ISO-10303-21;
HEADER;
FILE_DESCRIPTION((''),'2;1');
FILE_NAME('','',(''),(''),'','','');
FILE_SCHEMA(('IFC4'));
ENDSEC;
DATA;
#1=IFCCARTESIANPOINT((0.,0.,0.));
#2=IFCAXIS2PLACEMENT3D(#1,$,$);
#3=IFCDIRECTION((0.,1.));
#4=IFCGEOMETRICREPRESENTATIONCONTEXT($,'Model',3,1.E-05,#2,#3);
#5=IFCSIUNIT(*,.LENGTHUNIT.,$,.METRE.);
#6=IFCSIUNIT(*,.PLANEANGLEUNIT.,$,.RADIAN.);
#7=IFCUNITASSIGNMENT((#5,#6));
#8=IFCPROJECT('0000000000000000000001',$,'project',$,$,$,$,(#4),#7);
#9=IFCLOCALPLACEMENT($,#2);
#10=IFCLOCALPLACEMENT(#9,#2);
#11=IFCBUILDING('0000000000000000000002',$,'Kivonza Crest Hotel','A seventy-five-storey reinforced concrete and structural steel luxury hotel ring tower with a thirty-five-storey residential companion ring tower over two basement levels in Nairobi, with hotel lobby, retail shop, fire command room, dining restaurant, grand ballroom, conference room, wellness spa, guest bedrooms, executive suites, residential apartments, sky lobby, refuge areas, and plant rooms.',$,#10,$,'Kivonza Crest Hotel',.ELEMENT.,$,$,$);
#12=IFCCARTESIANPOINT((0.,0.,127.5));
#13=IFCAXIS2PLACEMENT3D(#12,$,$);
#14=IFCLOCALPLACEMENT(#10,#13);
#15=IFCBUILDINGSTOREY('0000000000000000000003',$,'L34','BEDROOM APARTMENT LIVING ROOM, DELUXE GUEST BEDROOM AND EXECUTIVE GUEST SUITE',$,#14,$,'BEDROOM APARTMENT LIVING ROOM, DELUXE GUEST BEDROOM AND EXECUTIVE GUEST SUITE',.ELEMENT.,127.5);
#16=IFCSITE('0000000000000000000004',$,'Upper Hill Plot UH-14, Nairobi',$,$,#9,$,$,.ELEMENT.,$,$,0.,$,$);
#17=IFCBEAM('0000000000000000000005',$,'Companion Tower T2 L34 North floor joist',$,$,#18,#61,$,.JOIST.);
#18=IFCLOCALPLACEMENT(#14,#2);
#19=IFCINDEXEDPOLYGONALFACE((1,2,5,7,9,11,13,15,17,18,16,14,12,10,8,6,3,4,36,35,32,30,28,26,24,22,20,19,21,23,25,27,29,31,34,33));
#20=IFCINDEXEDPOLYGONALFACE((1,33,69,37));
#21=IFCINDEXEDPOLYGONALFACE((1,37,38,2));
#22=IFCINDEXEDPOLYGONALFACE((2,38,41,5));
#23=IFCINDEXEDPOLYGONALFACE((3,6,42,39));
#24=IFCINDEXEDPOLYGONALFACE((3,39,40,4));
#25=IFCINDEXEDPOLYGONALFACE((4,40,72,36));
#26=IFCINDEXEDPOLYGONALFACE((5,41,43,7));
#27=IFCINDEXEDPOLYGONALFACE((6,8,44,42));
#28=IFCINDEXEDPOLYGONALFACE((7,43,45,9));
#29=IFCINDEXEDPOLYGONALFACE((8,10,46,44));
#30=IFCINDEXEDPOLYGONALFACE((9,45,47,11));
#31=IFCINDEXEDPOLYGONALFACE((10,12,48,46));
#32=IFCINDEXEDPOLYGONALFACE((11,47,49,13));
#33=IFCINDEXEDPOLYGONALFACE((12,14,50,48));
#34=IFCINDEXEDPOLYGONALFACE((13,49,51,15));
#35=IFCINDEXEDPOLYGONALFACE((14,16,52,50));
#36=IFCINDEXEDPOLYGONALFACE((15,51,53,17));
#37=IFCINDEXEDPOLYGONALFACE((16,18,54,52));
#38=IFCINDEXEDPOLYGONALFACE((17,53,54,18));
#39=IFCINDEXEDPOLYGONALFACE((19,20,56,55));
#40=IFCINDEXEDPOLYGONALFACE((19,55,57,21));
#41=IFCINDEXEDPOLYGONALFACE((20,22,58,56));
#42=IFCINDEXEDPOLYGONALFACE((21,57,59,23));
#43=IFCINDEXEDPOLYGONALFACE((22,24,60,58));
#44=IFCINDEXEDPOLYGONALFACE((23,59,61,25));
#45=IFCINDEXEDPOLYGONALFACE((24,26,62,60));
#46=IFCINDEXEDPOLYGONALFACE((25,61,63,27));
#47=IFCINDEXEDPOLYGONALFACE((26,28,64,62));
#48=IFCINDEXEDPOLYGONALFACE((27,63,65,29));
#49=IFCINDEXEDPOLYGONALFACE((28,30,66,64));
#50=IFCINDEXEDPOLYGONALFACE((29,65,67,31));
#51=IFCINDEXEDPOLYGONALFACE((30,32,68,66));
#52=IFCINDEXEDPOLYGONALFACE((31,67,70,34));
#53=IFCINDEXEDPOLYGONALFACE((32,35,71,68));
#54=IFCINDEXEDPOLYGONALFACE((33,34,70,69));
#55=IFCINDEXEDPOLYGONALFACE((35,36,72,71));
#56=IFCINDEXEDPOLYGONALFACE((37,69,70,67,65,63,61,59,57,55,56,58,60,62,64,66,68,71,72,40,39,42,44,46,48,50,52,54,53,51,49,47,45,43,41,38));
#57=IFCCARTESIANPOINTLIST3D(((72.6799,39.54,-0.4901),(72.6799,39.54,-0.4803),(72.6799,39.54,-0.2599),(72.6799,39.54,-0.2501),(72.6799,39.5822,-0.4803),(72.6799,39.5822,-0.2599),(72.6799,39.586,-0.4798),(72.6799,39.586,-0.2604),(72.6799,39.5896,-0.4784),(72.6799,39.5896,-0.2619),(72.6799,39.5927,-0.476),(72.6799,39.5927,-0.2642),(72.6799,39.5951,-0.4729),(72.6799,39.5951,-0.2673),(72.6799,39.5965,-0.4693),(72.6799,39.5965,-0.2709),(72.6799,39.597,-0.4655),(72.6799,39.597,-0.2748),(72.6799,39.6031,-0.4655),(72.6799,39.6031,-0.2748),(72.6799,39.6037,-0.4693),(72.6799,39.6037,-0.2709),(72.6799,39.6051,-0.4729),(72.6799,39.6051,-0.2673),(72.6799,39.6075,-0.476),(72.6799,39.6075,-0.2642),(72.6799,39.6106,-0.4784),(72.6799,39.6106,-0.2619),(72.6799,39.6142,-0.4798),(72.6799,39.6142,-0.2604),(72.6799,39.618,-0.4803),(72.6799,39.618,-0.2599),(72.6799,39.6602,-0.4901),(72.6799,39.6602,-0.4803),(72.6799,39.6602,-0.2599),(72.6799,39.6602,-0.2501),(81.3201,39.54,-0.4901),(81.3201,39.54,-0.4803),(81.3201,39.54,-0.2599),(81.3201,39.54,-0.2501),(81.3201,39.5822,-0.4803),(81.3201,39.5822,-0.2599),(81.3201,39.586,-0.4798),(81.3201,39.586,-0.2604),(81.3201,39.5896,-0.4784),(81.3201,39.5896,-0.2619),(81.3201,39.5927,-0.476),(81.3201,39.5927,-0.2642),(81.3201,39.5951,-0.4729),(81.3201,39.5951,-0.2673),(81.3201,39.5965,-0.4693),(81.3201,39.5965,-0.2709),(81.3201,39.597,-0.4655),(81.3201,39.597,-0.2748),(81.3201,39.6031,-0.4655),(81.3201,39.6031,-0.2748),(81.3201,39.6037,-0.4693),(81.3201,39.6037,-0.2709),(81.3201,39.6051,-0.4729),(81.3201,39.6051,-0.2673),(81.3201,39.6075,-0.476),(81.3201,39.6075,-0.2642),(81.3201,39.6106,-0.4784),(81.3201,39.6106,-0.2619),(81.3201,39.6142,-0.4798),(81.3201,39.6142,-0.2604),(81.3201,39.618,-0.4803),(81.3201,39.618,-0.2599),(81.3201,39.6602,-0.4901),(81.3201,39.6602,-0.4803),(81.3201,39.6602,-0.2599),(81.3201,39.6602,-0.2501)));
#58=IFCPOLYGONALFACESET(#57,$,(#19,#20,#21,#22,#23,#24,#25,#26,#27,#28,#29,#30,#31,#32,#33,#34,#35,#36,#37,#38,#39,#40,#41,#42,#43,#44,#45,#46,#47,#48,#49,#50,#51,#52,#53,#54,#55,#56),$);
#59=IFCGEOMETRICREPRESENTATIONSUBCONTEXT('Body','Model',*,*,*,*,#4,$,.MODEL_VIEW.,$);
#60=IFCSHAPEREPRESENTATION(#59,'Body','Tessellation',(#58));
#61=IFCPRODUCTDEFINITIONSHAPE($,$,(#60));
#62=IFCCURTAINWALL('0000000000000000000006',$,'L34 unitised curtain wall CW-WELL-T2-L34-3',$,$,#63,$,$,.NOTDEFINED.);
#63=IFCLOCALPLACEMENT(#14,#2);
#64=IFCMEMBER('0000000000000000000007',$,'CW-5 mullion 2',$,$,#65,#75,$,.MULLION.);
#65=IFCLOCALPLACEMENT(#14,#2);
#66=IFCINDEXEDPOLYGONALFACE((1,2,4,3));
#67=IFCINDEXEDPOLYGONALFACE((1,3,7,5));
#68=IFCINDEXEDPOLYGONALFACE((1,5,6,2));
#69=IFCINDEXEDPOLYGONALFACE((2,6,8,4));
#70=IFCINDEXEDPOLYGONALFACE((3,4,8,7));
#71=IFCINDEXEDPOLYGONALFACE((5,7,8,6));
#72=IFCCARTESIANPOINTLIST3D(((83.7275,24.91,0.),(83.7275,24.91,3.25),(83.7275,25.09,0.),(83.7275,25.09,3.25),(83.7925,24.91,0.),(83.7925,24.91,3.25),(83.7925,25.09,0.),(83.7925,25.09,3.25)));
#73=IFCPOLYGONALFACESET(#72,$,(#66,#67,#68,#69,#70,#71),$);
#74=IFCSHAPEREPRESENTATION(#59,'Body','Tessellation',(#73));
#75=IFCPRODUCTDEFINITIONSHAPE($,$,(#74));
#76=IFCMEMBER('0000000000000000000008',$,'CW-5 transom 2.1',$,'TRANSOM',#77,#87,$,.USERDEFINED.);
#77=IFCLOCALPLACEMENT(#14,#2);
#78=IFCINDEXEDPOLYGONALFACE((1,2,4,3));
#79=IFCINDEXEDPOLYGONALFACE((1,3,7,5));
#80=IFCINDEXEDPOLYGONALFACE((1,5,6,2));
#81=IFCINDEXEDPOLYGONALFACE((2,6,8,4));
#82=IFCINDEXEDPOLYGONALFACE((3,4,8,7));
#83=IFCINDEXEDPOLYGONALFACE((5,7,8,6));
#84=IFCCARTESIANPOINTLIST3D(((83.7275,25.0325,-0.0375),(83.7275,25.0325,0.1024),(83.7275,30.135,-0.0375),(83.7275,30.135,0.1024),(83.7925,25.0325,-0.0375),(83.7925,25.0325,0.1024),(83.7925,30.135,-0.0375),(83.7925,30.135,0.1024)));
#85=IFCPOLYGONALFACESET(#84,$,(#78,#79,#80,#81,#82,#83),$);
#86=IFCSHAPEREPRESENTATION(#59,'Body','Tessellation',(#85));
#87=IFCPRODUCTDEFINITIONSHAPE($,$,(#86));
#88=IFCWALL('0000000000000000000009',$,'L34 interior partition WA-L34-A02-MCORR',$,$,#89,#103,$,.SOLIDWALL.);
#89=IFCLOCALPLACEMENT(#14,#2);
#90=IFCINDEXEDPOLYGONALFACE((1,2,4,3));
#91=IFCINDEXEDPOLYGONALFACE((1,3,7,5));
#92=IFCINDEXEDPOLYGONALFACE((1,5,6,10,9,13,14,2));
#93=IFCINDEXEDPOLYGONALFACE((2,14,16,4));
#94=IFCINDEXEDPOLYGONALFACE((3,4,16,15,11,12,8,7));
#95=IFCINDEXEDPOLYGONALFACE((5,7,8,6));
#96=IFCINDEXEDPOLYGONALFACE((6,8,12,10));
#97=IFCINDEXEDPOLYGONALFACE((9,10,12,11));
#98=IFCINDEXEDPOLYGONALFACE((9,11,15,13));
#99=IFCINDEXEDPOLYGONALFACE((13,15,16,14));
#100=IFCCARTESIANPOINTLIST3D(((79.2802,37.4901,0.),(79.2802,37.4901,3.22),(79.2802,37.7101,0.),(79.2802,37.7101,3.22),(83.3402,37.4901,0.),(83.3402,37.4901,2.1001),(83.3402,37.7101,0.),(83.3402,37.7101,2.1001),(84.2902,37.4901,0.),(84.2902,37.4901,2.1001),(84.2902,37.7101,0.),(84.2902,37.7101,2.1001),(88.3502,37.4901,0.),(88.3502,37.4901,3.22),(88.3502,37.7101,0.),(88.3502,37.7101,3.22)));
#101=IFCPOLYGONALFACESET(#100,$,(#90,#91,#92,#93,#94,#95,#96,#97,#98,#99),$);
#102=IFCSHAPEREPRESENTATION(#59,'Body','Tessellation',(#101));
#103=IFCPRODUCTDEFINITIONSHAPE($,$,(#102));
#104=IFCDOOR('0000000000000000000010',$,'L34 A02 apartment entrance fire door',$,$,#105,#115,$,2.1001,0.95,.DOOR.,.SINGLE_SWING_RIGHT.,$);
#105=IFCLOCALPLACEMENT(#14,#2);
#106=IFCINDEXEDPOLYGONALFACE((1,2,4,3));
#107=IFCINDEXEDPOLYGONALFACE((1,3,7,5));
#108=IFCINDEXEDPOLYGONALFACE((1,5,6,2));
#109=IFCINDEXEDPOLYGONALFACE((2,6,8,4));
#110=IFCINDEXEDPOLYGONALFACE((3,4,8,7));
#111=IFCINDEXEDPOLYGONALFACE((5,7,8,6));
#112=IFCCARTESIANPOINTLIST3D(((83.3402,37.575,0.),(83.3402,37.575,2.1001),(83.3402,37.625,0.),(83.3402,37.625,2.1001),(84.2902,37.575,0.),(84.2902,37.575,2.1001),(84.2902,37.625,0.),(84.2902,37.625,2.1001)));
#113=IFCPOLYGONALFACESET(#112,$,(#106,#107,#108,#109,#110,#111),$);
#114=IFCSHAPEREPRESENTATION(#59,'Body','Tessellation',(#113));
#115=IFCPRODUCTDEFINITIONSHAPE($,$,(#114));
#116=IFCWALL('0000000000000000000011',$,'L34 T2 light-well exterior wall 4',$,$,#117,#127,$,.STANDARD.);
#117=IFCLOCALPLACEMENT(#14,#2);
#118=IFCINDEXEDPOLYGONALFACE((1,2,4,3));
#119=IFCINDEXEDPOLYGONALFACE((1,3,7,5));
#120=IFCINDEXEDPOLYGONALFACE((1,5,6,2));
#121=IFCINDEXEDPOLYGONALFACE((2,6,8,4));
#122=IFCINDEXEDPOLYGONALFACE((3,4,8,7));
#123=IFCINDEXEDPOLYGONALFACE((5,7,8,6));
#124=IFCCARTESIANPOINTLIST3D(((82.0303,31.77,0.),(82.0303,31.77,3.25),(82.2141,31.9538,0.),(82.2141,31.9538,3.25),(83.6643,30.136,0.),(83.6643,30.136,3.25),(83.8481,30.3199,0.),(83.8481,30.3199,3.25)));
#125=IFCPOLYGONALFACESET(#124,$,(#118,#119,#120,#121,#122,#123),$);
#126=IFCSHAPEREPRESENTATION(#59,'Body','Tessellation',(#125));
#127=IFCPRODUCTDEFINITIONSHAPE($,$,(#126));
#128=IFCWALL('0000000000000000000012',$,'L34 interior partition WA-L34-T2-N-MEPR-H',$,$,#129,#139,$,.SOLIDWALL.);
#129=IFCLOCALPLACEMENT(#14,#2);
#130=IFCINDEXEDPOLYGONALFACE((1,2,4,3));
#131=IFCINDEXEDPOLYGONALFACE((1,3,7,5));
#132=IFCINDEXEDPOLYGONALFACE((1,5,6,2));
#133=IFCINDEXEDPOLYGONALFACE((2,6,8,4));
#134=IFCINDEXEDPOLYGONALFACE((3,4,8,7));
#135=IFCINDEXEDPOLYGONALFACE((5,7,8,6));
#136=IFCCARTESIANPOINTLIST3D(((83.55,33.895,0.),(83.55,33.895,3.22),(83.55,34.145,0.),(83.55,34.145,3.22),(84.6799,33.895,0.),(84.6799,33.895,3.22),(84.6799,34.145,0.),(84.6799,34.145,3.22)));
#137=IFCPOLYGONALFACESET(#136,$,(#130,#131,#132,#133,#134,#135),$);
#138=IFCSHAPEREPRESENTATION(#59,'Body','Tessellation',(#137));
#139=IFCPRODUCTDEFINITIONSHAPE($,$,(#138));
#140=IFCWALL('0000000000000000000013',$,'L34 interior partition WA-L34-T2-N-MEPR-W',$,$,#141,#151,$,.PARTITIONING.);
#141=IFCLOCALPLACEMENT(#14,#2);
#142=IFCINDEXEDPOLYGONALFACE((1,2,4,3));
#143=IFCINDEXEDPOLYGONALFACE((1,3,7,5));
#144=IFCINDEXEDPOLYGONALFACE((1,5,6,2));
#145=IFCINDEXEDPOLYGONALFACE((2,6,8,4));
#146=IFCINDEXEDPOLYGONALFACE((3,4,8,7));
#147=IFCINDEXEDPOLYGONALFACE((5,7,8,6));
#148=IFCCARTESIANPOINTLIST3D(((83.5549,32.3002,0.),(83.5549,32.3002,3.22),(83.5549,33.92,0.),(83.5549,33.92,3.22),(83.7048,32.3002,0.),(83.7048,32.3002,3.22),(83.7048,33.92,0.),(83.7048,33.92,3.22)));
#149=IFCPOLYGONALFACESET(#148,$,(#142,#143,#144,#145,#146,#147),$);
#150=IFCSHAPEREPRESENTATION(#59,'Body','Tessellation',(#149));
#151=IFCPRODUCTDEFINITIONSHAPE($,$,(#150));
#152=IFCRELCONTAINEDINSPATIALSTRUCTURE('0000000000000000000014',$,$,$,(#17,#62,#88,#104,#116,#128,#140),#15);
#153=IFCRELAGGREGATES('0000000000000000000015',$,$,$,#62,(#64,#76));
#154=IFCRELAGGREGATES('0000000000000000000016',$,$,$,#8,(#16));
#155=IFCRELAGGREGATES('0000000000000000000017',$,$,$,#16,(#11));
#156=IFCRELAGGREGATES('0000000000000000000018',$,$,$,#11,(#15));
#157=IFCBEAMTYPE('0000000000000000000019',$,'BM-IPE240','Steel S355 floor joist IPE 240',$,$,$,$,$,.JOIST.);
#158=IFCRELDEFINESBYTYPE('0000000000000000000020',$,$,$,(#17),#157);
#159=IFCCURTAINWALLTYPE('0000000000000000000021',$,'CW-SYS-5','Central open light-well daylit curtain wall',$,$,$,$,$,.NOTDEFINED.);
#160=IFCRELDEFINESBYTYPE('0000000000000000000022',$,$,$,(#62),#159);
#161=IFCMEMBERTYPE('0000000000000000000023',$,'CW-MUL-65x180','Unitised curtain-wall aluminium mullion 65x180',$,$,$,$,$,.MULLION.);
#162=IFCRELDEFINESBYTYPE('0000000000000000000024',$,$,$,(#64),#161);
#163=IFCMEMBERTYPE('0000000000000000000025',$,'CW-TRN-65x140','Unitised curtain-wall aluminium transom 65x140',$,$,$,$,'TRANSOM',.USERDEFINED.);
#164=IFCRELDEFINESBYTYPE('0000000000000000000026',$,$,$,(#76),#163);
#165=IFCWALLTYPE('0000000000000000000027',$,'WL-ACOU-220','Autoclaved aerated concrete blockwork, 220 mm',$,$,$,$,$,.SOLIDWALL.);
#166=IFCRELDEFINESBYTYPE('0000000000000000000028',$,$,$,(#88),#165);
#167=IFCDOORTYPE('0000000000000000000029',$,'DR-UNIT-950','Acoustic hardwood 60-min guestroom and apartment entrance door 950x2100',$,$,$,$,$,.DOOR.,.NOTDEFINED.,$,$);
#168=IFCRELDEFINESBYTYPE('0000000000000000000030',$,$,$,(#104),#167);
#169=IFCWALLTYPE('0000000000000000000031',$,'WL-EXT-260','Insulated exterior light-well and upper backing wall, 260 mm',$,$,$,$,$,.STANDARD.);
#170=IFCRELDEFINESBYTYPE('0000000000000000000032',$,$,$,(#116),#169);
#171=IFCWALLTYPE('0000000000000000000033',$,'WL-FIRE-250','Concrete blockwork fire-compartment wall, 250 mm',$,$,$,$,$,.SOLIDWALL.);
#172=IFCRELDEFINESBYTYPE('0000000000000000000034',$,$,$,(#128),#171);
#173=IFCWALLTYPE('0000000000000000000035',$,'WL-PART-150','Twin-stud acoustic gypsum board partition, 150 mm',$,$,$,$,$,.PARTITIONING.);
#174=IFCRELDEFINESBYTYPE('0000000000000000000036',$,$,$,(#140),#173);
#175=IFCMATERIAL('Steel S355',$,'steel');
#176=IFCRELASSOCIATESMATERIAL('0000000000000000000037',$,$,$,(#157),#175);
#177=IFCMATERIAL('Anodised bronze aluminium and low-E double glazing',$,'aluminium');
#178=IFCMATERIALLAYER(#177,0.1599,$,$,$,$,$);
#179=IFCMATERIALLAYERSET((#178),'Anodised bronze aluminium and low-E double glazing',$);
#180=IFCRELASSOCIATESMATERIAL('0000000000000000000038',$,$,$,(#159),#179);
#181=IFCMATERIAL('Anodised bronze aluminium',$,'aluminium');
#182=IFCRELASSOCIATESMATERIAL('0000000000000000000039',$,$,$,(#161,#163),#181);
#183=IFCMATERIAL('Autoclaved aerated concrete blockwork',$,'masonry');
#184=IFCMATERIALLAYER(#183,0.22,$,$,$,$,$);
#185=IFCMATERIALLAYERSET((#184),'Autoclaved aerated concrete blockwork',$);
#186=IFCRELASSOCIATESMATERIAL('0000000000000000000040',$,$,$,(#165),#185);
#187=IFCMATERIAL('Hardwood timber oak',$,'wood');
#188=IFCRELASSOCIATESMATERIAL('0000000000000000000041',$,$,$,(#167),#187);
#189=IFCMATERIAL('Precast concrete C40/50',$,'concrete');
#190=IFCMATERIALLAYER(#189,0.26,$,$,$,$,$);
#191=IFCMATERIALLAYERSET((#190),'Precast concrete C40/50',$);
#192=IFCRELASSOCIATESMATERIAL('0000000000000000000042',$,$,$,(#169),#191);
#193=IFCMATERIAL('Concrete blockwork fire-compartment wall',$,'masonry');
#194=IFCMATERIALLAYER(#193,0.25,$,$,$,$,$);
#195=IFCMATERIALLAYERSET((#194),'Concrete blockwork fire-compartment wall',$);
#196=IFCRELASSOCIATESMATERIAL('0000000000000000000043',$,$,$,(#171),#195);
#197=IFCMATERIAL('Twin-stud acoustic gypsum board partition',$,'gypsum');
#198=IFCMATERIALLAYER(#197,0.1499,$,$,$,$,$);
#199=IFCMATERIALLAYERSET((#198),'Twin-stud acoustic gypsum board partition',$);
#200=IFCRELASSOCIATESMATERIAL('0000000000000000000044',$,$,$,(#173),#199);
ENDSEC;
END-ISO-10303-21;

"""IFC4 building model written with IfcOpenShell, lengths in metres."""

from ifc_helpers import new_model, si_unit, direction, frame, frame_2d, origin, origin_2d, place, context, subcontext, project, spatial, rectangle, i_section, extrude, material, layer, layer_set, material_profile, profile_set, type_object, element, fill, aggregate, save


model = new_model("IFC4")

# Units and contexts
model_context = context("Model", 3, precision=1e-05, world=origin(), true_north=direction((0.0, 1.0)))
body_context = subcontext(model_context, "Body", "Model", "MODEL_VIEW")
ifc_project = project(units=[si_unit("LENGTHUNIT", "METRE"), si_unit("PLANEANGLEUNIT", "RADIAN")], contexts=[model_context])

# Site, building, storey
site_placement = place(None, origin())
site = spatial("IfcSite", under=ifc_project, at=site_placement, Name="Upper Hill Plot UH-14, Nairobi", CompositionType="ELEMENT", RefElevation=0.0)
building_placement = place(site_placement, origin())
building = spatial("IfcBuilding", under=site, at=building_placement, Name="Kivonza Crest Hotel", Description="A seventy-five-storey reinforced concrete and structural steel luxury hotel ring tower with a thirty-five-storey residential companion ring tower over two basement levels in Nairobi, with hotel lobby, retail shop, fire command room, dining restaurant, grand ballroom, conference room, wellness spa, guest bedrooms, executive suites, residential apartments, sky lobby, refuge areas, and plant rooms.", LongName="Kivonza Crest Hotel", CompositionType="ELEMENT")
storey_placement = place(building_placement, frame((0.0, 0.0, 127.5)))
storey = spatial("IfcBuildingStorey", under=building, at=storey_placement, Name="L34", Description="BEDROOM APARTMENT LIVING ROOM, DELUXE GUEST BEDROOM AND EXECUTIVE GUEST SUITE", LongName="BEDROOM APARTMENT LIVING ROOM, DELUXE GUEST BEDROOM AND EXECUTIVE GUEST SUITE", CompositionType="ELEMENT", Elevation=127.5)

# Beam
ifc_material_1 = material(Name="Steel S355", Category="steel")
ifc_material_profile_1 = material_profile(ifc_material_1, i_section(OverallWidth=0.1201, OverallDepth=0.24, WebThickness=0.0061, FlangeThickness=0.0098, FilletRadius=0.0149, at=origin_2d()), Name="IPE 240")
ifc_profile_set_1 = profile_set([ifc_material_profile_1], Name="Steel S355")
beam_type = type_object("IfcBeamType", Name="BM-IPE240", Description="Steel S355 floor joist IPE 240", PredefinedType="JOIST", material=ifc_profile_set_1)
beam_placement = place(storey_placement, frame((72.6799, 39.6001, -0.3701), z_axis=(1.0, 0.0, 0.0), x_axis=(0.0, 1.0, 0.0)))
element("IfcBeam", 1, at=beam_placement, inside=storey, type_object=beam_type, Name="Companion Tower T2 L34 North floor joist", PredefinedType="JOIST", context=body_context, shape_type="SweptSolid", body=[
    extrude(i_section(OverallWidth=0.1201, OverallDepth=0.24, WebThickness=0.0061, FlangeThickness=0.0098, FilletRadius=0.0149, at=origin_2d()), origin(), (0.0, 0.0, 1.0), 8.6401),
])

# Curtain wall, members
ifc_material_2 = material(Name="Anodised bronze aluminium and low-E double glazing", Category="aluminium")
ifc_layer_1 = layer(ifc_material_2, 0.1599)
ifc_layer_set_1 = layer_set([ifc_layer_1], Name="Anodised bronze aluminium and low-E double glazing")
curtain_wall_type = type_object("IfcCurtainWallType", Name="CW-SYS-5", Description="Central open light-well daylit curtain wall", PredefinedType="NOTDEFINED", material=ifc_layer_set_1)
curtain_wall_placement = place(storey_placement, origin())
curtain_wall = element("IfcCurtainWall", 2, at=curtain_wall_placement, inside=storey, type_object=curtain_wall_type, Name="L34 unitised curtain wall CW-WELL-T2-L34-3", PredefinedType="NOTDEFINED")
ifc_material_3 = material(Name="Anodised bronze aluminium", Category="aluminium")
ifc_material_profile_2 = material_profile(ifc_material_3, rectangle(XDim=0.0649, YDim=0.1799, at=origin_2d()), Name="CW-M 65x180")
ifc_profile_set_2 = profile_set([ifc_material_profile_2], Name="Anodised bronze aluminium")
member_type_1 = type_object("IfcMemberType", Name="CW-MUL-65x180", Description="Unitised curtain-wall aluminium mullion 65x180", PredefinedType="MULLION", material=ifc_profile_set_2)
member_1_placement = place(storey_placement, frame((83.76, 25.0, 0.0), z_axis=(0.0, 0.0, 1.0), x_axis=(-1.0, 0.0, 0.0)))
member_1 = element("IfcMember", 3, at=member_1_placement, type_object=member_type_1, Name="CW-5 mullion 2", PredefinedType="MULLION", context=body_context, shape_type="SweptSolid", body=[
    extrude(rectangle(XDim=0.0649, YDim=0.1799, at=origin_2d()), origin(), (0.0, 0.0, 1.0), 3.25),
])
ifc_material_profile_3 = material_profile(ifc_material_3, rectangle(XDim=0.0649, YDim=0.1399, at=origin_2d()), Name="CW-T 65x140")
ifc_profile_set_3 = profile_set([ifc_material_profile_3], Name="Anodised bronze aluminium")
member_type_2 = type_object("IfcMemberType", Name="CW-TRN-65x140", Description="Unitised curtain-wall aluminium transom 65x140", ElementType="TRANSOM", PredefinedType="USERDEFINED", material=ifc_profile_set_3)
member_2_placement = place(storey_placement, frame((83.76, 25.0325, 0.0325), z_axis=(0.0, 1.0, 0.0), x_axis=(-1.0, 0.0, 0.0)))
member_2 = element("IfcMember", 4, at=member_2_placement, type_object=member_type_2, Name="CW-5 transom 2.1", ObjectType="TRANSOM", PredefinedType="USERDEFINED", context=body_context, shape_type="SweptSolid", body=[
    extrude(rectangle(XDim=0.0649, YDim=0.1399, at=origin_2d()), origin(), (0.0, 0.0, 1.0), 5.1025),
])
aggregate(curtain_wall, [member_1, member_2])

# Wall, opening, door
ifc_material_4 = material(Name="Autoclaved aerated concrete blockwork", Category="masonry")
ifc_layer_2 = layer(ifc_material_4, 0.22)
ifc_layer_set_2 = layer_set([ifc_layer_2], Name="Autoclaved aerated concrete blockwork")
wall_type_1 = type_object("IfcWallType", Name="WL-ACOU-220", Description="Autoclaved aerated concrete blockwork, 220 mm", PredefinedType="SOLIDWALL", material=ifc_layer_set_2)
wall_1_placement = place(storey_placement, frame((79.28, 37.6001, 0.0), z_axis=(0.0, 0.0, 1.0), x_axis=(1.0, 0.0, 0.0)))
wall_1 = element("IfcWall", 5, at=wall_1_placement, inside=storey, type_object=wall_type_1, Name="L34 interior partition WA-L34-A02-MCORR", PredefinedType="SOLIDWALL", context=body_context, shape_type="SweptSolid", body=[
    extrude(rectangle(XDim=9.0701, YDim=0.22, at=frame_2d((4.5352, 0.0))), origin(), (0.0, 0.0, 1.0), 3.22),
])
opening_1_placement = place(wall_1_placement, frame((4.0601, 0.0, 0.0)))
opening_1 = element("IfcOpeningElement", 6, at=opening_1_placement, cuts=wall_1, PredefinedType="OPENING", context=body_context, shape_type="SweptSolid", body=[
    extrude(rectangle(XDim=0.95, YDim=2.1001, at=frame_2d((0.4751, 1.05))), frame((0.0, 0.1201, 0.0), z_axis=(0.0, -1.0, 0.0), x_axis=(1.0, 0.0, 0.0)), (0.0, 0.0, 1.0), 0.24),
])
ifc_material_5 = material(Name="Hardwood timber oak", Category="wood")
door_type_1 = type_object("IfcDoorType", Name="DR-UNIT-950", Description="Acoustic hardwood 60-min guestroom and apartment entrance door 950x2100", OperationType="NOTDEFINED", PredefinedType="DOOR", material=ifc_material_5)
door_1_placement = place(opening_1_placement, origin())
door_1 = element("IfcDoor", 7, at=door_1_placement, inside=storey, type_object=door_type_1, Name="L34 A02 apartment entrance fire door", OperationType="SINGLE_SWING_RIGHT", OverallHeight=2.1001, OverallWidth=0.95, PredefinedType="DOOR", context=body_context, shape_type="SweptSolid", body=[
    extrude(rectangle(XDim=0.95, YDim=2.1001, at=frame_2d((0.4751, 1.05))), frame((0.0, 0.0249, 0.0), z_axis=(0.0, -1.0, 0.0), x_axis=(1.0, 0.0, 0.0)), (0.0, 0.0, 1.0), 0.05),
])
fill(opening_1, door_1)

# Walls
ifc_material_6 = material(Name="Precast concrete C40/50", Category="concrete")
ifc_layer_3 = layer(ifc_material_6, 0.26)
ifc_layer_set_3 = layer_set([ifc_layer_3], Name="Precast concrete C40/50")
wall_type_2 = type_object("IfcWallType", Name="WL-EXT-260", Description="Insulated exterior light-well and upper backing wall, 260 mm", PredefinedType="STANDARD", material=ifc_layer_set_3)
wall_2_placement = place(storey_placement, frame((83.7561, 30.228, 0.0), z_axis=(0.0, 0.0, 1.0), x_axis=(-0.707107, 0.707107, 0.0)))
element("IfcWall", 8, at=wall_2_placement, inside=storey, type_object=wall_type_2, Name="L34 T2 light-well exterior wall 4", PredefinedType="STANDARD", context=body_context, shape_type="SweptSolid", body=[
    extrude(rectangle(XDim=2.3108, YDim=0.26, at=frame_2d((1.1553, 0.0))), origin(), (0.0, 0.0, 1.0), 3.25),
])
ifc_material_7 = material(Name="Concrete blockwork fire-compartment wall", Category="masonry")
ifc_layer_4 = layer(ifc_material_7, 0.25)
ifc_layer_set_4 = layer_set([ifc_layer_4], Name="Concrete blockwork fire-compartment wall")
wall_type_3 = type_object("IfcWallType", Name="WL-FIRE-250", Description="Concrete blockwork fire-compartment wall, 250 mm", PredefinedType="SOLIDWALL", material=ifc_layer_set_4)
wall_3_placement = place(storey_placement, frame((83.55, 34.02, 0.0), z_axis=(0.0, 0.0, 1.0), x_axis=(1.0, 0.0, 0.0)))
element("IfcWall", 9, at=wall_3_placement, inside=storey, type_object=wall_type_3, Name="L34 interior partition WA-L34-T2-N-MEPR-H", PredefinedType="SOLIDWALL", context=body_context, shape_type="SweptSolid", body=[
    extrude(rectangle(XDim=1.1299, YDim=0.25, at=frame_2d((0.5649, 0.0))), origin(), (0.0, 0.0, 1.0), 3.22),
])
ifc_material_8 = material(Name="Twin-stud acoustic gypsum board partition", Category="gypsum")
ifc_layer_5 = layer(ifc_material_8, 0.1499)
ifc_layer_set_5 = layer_set([ifc_layer_5], Name="Twin-stud acoustic gypsum board partition")
wall_type_4 = type_object("IfcWallType", Name="WL-PART-150", Description="Twin-stud acoustic gypsum board partition, 150 mm", PredefinedType="PARTITIONING", material=ifc_layer_set_5)
wall_4_placement = place(storey_placement, frame((83.6299, 32.3, 0.0), z_axis=(0.0, 0.0, 1.0), x_axis=(0.0, 1.0, 0.0)))
element("IfcWall", 10, at=wall_4_placement, inside=storey, type_object=wall_type_4, Name="L34 interior partition WA-L34-T2-N-MEPR-W", PredefinedType="PARTITIONING", context=body_context, shape_type="SweptSolid", body=[
    extrude(rectangle(XDim=1.6199, YDim=0.1499, at=frame_2d((0.8101, 0.0))), origin(), (0.0, 0.0, 1.0), 3.22),
])

save(model, "model.ifc")
